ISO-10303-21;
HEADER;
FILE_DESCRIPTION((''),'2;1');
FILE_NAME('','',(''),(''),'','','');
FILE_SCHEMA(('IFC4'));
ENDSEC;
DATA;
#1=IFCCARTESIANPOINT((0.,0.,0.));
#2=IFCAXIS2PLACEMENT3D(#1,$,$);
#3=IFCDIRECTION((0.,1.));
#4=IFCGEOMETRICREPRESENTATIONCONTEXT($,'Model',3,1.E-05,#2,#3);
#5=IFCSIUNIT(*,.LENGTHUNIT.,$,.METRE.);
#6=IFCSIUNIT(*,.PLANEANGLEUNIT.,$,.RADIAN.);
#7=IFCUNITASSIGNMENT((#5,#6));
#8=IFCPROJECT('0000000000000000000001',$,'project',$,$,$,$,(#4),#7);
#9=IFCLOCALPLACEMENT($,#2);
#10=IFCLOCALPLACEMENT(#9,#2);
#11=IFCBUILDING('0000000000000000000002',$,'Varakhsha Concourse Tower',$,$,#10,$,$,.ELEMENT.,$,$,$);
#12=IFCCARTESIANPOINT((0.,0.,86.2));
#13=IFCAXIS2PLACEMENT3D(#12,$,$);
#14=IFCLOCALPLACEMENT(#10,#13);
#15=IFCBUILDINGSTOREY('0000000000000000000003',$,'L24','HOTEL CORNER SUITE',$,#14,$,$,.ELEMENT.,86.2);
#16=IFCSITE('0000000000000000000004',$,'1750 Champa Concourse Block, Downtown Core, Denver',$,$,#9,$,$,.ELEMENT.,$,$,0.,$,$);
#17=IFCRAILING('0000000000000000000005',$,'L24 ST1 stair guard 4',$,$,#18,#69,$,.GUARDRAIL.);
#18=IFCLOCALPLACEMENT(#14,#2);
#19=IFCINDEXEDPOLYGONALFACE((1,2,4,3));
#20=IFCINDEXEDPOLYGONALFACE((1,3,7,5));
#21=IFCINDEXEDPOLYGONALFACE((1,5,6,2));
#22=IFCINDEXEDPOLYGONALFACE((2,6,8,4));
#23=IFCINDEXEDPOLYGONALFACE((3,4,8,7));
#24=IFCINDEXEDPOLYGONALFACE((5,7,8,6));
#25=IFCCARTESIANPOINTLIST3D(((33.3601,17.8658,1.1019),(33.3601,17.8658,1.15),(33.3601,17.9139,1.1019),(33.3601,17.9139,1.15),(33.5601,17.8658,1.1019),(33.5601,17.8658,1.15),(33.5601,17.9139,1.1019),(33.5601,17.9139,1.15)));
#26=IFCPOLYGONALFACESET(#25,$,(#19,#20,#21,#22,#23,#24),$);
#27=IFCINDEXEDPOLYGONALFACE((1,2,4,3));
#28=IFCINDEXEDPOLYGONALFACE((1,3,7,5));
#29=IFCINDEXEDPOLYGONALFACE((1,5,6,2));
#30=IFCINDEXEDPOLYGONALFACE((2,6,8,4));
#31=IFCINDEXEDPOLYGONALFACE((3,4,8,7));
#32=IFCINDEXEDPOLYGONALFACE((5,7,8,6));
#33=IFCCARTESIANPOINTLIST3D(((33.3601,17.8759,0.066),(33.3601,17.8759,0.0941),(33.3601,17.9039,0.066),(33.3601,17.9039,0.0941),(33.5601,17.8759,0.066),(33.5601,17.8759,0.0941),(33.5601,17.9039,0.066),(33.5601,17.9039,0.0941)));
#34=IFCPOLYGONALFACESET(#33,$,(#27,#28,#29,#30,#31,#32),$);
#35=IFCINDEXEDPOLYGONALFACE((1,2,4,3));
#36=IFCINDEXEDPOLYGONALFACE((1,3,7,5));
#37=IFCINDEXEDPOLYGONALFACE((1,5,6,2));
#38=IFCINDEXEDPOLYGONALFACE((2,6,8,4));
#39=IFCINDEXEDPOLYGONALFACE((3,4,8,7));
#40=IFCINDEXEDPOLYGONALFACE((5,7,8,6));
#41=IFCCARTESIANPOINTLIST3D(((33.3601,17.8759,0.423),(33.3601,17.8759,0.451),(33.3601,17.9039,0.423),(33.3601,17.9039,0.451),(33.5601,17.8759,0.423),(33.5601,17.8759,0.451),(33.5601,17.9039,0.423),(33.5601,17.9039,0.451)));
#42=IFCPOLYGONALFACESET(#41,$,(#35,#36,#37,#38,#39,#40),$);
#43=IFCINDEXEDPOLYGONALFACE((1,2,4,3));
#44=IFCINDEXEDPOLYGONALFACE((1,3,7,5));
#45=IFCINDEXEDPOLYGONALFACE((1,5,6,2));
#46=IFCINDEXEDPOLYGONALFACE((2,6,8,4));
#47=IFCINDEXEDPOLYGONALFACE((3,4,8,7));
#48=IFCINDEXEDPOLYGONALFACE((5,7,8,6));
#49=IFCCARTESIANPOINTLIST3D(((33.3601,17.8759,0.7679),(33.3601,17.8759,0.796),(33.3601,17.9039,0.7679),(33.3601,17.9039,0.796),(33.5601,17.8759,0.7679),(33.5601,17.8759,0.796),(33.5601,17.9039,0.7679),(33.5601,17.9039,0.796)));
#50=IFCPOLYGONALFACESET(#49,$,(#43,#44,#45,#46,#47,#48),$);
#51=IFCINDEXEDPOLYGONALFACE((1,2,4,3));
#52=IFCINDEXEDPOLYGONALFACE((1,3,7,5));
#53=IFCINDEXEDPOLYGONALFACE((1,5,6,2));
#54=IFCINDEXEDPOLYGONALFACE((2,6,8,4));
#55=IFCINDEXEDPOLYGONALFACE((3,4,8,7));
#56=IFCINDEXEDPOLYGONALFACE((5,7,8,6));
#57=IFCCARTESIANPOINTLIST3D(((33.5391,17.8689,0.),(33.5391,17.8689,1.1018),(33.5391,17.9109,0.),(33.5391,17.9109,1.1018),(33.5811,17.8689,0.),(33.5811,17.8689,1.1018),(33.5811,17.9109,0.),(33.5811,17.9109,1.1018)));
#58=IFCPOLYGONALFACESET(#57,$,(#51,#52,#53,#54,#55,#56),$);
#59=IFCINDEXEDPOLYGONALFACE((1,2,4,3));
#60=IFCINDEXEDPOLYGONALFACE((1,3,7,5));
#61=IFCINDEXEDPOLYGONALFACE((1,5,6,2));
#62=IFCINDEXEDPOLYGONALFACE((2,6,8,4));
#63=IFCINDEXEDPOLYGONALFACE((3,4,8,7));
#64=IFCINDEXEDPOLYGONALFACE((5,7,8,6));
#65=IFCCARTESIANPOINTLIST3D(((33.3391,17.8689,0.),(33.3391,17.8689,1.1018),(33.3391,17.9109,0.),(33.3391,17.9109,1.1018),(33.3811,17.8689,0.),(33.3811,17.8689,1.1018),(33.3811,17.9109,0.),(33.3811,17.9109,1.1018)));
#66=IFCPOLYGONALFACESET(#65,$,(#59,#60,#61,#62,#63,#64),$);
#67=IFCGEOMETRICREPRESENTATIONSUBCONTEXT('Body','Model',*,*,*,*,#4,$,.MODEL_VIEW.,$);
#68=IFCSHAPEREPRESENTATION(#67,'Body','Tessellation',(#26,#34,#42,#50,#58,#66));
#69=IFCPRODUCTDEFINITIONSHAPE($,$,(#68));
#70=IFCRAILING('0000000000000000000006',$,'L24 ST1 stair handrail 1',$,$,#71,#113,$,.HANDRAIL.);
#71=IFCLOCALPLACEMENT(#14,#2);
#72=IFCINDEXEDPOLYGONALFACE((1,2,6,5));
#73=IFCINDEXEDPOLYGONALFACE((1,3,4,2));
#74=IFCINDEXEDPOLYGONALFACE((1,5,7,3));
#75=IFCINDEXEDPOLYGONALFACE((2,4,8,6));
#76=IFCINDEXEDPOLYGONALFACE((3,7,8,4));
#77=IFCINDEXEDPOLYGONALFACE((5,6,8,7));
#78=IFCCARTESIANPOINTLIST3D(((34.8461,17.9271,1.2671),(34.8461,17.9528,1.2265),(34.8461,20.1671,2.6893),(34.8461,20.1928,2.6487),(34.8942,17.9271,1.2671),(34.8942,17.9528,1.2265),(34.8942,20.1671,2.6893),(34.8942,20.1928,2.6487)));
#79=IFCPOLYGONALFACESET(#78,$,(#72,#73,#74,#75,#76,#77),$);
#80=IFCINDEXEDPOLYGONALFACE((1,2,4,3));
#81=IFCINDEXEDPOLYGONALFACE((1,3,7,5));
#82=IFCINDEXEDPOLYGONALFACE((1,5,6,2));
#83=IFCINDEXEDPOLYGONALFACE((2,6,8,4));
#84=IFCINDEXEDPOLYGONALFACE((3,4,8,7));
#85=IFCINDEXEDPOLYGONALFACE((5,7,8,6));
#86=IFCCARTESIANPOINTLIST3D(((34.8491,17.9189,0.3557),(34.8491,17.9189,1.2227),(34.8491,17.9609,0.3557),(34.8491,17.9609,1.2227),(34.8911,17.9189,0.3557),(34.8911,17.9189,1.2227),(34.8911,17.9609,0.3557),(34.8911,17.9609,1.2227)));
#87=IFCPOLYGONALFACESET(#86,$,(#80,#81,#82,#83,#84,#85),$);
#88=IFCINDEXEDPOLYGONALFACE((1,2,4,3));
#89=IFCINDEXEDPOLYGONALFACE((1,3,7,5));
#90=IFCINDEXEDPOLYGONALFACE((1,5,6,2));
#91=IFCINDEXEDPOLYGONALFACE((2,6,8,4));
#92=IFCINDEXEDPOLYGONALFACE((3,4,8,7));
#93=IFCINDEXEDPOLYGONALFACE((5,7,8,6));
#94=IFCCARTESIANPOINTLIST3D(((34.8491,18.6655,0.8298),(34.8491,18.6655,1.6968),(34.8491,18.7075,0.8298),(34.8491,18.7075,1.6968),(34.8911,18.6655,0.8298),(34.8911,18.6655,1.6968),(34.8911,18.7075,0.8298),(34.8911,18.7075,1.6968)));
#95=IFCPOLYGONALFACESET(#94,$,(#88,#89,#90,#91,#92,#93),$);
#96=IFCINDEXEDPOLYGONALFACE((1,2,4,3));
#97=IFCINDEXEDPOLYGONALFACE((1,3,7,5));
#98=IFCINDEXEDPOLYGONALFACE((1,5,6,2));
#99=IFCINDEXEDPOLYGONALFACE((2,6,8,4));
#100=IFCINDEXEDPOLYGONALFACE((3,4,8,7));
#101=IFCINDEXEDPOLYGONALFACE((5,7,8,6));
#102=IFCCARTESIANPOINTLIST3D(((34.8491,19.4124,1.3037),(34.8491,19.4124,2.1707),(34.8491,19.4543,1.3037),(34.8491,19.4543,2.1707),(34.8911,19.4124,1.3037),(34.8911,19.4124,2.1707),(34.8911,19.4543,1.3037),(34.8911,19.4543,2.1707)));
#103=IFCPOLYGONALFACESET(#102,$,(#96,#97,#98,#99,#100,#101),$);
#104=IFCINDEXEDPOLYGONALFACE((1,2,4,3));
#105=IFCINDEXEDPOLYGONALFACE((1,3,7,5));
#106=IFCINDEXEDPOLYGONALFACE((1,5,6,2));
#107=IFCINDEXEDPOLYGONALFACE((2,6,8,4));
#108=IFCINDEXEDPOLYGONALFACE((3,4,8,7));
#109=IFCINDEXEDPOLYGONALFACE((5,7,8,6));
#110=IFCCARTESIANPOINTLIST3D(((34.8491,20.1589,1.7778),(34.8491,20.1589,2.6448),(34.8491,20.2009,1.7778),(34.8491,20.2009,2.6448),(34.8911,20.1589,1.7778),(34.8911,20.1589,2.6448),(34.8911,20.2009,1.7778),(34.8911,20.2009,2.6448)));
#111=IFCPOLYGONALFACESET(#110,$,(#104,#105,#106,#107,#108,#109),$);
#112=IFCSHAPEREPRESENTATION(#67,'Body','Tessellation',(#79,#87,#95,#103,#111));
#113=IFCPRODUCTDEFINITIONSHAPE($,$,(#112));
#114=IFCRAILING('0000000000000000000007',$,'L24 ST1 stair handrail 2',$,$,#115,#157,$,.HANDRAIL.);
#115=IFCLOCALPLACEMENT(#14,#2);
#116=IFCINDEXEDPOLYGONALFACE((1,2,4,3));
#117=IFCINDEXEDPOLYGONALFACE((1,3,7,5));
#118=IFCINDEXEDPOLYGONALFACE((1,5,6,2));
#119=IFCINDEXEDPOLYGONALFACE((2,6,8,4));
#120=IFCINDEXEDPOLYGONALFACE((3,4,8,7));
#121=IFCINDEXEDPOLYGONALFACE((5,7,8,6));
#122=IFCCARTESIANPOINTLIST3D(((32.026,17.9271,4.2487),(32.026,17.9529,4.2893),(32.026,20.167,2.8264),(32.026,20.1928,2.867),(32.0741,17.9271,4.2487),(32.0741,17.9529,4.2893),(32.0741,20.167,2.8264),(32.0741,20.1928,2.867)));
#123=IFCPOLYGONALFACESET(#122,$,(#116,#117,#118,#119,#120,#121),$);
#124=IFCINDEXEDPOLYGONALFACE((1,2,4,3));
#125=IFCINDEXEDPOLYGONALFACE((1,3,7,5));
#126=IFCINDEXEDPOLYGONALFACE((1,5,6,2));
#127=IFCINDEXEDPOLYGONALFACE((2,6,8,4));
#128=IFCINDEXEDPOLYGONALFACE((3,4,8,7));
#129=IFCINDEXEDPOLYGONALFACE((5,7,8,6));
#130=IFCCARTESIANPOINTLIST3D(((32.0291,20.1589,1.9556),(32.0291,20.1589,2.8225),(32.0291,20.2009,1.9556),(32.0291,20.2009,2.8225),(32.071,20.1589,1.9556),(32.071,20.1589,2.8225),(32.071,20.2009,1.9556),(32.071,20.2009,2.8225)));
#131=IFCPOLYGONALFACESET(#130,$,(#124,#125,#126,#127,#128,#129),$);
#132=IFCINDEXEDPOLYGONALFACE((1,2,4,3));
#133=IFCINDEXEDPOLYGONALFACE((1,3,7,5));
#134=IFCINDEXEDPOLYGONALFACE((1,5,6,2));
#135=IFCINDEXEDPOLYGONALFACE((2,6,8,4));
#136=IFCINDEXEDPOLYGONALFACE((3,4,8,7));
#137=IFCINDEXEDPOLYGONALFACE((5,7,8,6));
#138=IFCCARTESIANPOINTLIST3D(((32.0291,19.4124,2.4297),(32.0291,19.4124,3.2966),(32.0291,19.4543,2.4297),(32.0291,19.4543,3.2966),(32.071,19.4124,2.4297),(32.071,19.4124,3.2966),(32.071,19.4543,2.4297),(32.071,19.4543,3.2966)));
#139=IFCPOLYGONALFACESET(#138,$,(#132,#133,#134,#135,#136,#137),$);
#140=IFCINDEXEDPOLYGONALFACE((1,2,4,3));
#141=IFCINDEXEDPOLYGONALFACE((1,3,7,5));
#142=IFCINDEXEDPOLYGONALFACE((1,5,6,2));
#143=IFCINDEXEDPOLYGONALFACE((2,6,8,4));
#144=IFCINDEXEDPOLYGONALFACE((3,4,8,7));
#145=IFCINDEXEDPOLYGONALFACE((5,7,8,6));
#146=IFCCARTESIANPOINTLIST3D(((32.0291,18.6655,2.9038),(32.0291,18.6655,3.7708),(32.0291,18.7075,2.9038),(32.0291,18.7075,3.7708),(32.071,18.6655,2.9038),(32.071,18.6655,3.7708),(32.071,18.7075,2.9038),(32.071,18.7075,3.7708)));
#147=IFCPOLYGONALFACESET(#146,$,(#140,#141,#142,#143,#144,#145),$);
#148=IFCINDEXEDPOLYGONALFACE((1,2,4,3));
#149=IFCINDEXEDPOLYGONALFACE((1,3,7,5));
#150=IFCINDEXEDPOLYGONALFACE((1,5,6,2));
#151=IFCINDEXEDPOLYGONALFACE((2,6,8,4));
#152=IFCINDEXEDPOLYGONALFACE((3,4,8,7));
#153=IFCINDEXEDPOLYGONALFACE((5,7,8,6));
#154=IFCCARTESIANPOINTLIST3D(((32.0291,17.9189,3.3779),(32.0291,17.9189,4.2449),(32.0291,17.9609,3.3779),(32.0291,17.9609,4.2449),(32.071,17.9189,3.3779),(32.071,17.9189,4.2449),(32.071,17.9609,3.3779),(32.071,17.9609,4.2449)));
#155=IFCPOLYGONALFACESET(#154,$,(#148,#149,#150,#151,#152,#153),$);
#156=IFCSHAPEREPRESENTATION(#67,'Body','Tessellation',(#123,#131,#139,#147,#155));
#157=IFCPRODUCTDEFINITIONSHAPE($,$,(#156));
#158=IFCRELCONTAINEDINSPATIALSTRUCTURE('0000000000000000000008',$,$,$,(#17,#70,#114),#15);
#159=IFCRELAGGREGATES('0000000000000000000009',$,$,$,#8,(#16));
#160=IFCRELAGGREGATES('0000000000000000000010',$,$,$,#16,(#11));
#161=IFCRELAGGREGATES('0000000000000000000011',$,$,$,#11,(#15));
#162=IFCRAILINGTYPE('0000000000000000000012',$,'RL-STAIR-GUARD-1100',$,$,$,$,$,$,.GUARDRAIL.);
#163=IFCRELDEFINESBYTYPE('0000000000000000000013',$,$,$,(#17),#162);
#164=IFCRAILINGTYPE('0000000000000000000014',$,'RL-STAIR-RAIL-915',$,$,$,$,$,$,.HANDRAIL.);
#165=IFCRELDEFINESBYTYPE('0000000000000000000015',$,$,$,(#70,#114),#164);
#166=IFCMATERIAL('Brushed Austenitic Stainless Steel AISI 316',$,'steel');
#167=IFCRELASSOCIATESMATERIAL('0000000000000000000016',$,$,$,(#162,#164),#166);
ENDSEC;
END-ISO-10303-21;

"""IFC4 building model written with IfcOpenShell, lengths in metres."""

from ifc_helpers import new_model, si_unit, direction, frame, origin, origin_2d, place, context, subcontext, project, spatial, rectangle, extrude, material, type_object, element, save


model = new_model("IFC4")

# Units and contexts
model_context = context("Model", 3, precision=1e-05, world=origin(), true_north=direction((0.0, 1.0)))
body_context = subcontext(model_context, "Body", "Model", "MODEL_VIEW")
ifc_project = project(units=[si_unit("LENGTHUNIT", "METRE"), si_unit("PLANEANGLEUNIT", "RADIAN")], contexts=[model_context])

# Site, building, storey
site_placement = place(None, origin())
site = spatial("IfcSite", under=ifc_project, at=site_placement, Name="1750 Champa Concourse Block, Downtown Core, Denver", CompositionType="ELEMENT", RefElevation=0.0)
building_placement = place(site_placement, origin())
building = spatial("IfcBuilding", under=site, at=building_placement, Name="Varakhsha Concourse Tower", CompositionType="ELEMENT")
storey_placement = place(building_placement, frame((0.0, 0.0, 86.2)))
storey = spatial("IfcBuildingStorey", under=building, at=storey_placement, Name="L24", Description="HOTEL CORNER SUITE", CompositionType="ELEMENT", Elevation=86.2)

# Railings
ifc_material_1 = material(Name="Brushed Austenitic Stainless Steel AISI 316", Category="steel")
railing_type_1 = type_object("IfcRailingType", Name="RL-STAIR-GUARD-1100", PredefinedType="GUARDRAIL", material=ifc_material_1)
railing_1_placement = place(storey_placement, frame((33.5601, 17.8899, 0.0)))
element("IfcRailing", 1, at=railing_1_placement, inside=storey, type_object=railing_type_1, Name="L24 ST1 stair guard 4", PredefinedType="GUARDRAIL", context=body_context, shape_type="SweptSolid", body=[
    extrude(rectangle(XDim=0.0481, YDim=0.0481, at=origin_2d()), frame((0.0, 0.0, 1.126), z_axis=(-1.0, 0.0, 0.0), x_axis=(0.0, -1.0, 0.0)), (0.0, 0.0, 1.0), 0.2),
    extrude(rectangle(XDim=0.0281, YDim=0.0281, at=origin_2d()), frame((0.0, 0.0, 0.0801), z_axis=(-1.0, 0.0, 0.0), x_axis=(0.0, -1.0, 0.0)), (0.0, 0.0, 1.0), 0.2),
    extrude(rectangle(XDim=0.0281, YDim=0.0281, at=origin_2d()), frame((0.0, 0.0, 0.437), z_axis=(-1.0, 0.0, 0.0), x_axis=(0.0, -1.0, 0.0)), (0.0, 0.0, 1.0), 0.2),
    extrude(rectangle(XDim=0.0281, YDim=0.0281, at=origin_2d()), frame((0.0, 0.0, 0.782), z_axis=(-1.0, 0.0, 0.0), x_axis=(0.0, -1.0, 0.0)), (0.0, 0.0, 1.0), 0.2),
    extrude(rectangle(XDim=0.042, YDim=0.042, at=origin_2d()), origin(), (0.0, 0.0, 1.0), 1.1018),
    extrude(rectangle(XDim=0.042, YDim=0.042, at=origin_2d()), frame((-0.2, 0.0, 0.0)), (0.0, 0.0, 1.0), 1.1018),
])
railing_type_2 = type_object("IfcRailingType", Name="RL-STAIR-RAIL-915", PredefinedType="HANDRAIL", material=ifc_material_1)
railing_2_placement = place(storey_placement, frame((34.8701, 17.9399, 0.3557)))
element("IfcRailing", 2, at=railing_2_placement, inside=storey, type_object=railing_type_2, Name="L24 ST1 stair handrail 1", PredefinedType="HANDRAIL", context=body_context, shape_type="SweptSolid", body=[
    extrude(rectangle(XDim=0.0481, YDim=0.0481, at=origin_2d()), frame((0.0, 0.0, 0.8911), z_axis=(0.0, 0.844229, 0.535982), x_axis=(-1.0, 0.0, 0.0)), (0.0, 0.0, 1.0), 2.6533),
    extrude(rectangle(XDim=0.042, YDim=0.042, at=origin_2d()), origin(), (0.0, 0.0, 1.0), 0.8669),
    extrude(rectangle(XDim=0.042, YDim=0.042, at=origin_2d()), frame((0.0, 0.7466, 0.4741)), (0.0, 0.0, 1.0), 0.8669),
    extrude(rectangle(XDim=0.042, YDim=0.042, at=origin_2d()), frame((0.0, 1.4934, 0.948)), (0.0, 0.0, 1.0), 0.8669),
    extrude(rectangle(XDim=0.042, YDim=0.042, at=origin_2d()), frame((0.0, 2.24, 1.4221)), (0.0, 0.0, 1.0), 0.8669),
])
railing_3_placement = place(storey_placement, frame((32.05, 20.1799, 1.9556)))
element("IfcRailing", 3, at=railing_3_placement, inside=storey, type_object=railing_type_2, Name="L24 ST1 stair handrail 2", PredefinedType="HANDRAIL", context=body_context, shape_type="SweptSolid", body=[
    extrude(rectangle(XDim=0.0481, YDim=0.0481, at=origin_2d()), frame((0.0, 0.0, 0.8911), z_axis=(0.0, -0.844188, 0.536048), x_axis=(1.0, 0.0, 0.0)), (0.0, 0.0, 1.0), 2.6533),
    extrude(rectangle(XDim=0.042, YDim=0.042, at=origin_2d()), origin(), (0.0, 0.0, 1.0), 0.8669),
    extrude(rectangle(XDim=0.042, YDim=0.042, at=origin_2d()), frame((0.0, -0.7466, 0.4741)), (0.0, 0.0, 1.0), 0.8669),
    extrude(rectangle(XDim=0.042, YDim=0.042, at=origin_2d()), frame((0.0, -1.4934, 0.9482)), (0.0, 0.0, 1.0), 0.8669),
    extrude(rectangle(XDim=0.042, YDim=0.042, at=origin_2d()), frame((0.0, -2.24, 1.4224)), (0.0, 0.0, 1.0), 0.8669),
])

save(model, "model.ifc")
